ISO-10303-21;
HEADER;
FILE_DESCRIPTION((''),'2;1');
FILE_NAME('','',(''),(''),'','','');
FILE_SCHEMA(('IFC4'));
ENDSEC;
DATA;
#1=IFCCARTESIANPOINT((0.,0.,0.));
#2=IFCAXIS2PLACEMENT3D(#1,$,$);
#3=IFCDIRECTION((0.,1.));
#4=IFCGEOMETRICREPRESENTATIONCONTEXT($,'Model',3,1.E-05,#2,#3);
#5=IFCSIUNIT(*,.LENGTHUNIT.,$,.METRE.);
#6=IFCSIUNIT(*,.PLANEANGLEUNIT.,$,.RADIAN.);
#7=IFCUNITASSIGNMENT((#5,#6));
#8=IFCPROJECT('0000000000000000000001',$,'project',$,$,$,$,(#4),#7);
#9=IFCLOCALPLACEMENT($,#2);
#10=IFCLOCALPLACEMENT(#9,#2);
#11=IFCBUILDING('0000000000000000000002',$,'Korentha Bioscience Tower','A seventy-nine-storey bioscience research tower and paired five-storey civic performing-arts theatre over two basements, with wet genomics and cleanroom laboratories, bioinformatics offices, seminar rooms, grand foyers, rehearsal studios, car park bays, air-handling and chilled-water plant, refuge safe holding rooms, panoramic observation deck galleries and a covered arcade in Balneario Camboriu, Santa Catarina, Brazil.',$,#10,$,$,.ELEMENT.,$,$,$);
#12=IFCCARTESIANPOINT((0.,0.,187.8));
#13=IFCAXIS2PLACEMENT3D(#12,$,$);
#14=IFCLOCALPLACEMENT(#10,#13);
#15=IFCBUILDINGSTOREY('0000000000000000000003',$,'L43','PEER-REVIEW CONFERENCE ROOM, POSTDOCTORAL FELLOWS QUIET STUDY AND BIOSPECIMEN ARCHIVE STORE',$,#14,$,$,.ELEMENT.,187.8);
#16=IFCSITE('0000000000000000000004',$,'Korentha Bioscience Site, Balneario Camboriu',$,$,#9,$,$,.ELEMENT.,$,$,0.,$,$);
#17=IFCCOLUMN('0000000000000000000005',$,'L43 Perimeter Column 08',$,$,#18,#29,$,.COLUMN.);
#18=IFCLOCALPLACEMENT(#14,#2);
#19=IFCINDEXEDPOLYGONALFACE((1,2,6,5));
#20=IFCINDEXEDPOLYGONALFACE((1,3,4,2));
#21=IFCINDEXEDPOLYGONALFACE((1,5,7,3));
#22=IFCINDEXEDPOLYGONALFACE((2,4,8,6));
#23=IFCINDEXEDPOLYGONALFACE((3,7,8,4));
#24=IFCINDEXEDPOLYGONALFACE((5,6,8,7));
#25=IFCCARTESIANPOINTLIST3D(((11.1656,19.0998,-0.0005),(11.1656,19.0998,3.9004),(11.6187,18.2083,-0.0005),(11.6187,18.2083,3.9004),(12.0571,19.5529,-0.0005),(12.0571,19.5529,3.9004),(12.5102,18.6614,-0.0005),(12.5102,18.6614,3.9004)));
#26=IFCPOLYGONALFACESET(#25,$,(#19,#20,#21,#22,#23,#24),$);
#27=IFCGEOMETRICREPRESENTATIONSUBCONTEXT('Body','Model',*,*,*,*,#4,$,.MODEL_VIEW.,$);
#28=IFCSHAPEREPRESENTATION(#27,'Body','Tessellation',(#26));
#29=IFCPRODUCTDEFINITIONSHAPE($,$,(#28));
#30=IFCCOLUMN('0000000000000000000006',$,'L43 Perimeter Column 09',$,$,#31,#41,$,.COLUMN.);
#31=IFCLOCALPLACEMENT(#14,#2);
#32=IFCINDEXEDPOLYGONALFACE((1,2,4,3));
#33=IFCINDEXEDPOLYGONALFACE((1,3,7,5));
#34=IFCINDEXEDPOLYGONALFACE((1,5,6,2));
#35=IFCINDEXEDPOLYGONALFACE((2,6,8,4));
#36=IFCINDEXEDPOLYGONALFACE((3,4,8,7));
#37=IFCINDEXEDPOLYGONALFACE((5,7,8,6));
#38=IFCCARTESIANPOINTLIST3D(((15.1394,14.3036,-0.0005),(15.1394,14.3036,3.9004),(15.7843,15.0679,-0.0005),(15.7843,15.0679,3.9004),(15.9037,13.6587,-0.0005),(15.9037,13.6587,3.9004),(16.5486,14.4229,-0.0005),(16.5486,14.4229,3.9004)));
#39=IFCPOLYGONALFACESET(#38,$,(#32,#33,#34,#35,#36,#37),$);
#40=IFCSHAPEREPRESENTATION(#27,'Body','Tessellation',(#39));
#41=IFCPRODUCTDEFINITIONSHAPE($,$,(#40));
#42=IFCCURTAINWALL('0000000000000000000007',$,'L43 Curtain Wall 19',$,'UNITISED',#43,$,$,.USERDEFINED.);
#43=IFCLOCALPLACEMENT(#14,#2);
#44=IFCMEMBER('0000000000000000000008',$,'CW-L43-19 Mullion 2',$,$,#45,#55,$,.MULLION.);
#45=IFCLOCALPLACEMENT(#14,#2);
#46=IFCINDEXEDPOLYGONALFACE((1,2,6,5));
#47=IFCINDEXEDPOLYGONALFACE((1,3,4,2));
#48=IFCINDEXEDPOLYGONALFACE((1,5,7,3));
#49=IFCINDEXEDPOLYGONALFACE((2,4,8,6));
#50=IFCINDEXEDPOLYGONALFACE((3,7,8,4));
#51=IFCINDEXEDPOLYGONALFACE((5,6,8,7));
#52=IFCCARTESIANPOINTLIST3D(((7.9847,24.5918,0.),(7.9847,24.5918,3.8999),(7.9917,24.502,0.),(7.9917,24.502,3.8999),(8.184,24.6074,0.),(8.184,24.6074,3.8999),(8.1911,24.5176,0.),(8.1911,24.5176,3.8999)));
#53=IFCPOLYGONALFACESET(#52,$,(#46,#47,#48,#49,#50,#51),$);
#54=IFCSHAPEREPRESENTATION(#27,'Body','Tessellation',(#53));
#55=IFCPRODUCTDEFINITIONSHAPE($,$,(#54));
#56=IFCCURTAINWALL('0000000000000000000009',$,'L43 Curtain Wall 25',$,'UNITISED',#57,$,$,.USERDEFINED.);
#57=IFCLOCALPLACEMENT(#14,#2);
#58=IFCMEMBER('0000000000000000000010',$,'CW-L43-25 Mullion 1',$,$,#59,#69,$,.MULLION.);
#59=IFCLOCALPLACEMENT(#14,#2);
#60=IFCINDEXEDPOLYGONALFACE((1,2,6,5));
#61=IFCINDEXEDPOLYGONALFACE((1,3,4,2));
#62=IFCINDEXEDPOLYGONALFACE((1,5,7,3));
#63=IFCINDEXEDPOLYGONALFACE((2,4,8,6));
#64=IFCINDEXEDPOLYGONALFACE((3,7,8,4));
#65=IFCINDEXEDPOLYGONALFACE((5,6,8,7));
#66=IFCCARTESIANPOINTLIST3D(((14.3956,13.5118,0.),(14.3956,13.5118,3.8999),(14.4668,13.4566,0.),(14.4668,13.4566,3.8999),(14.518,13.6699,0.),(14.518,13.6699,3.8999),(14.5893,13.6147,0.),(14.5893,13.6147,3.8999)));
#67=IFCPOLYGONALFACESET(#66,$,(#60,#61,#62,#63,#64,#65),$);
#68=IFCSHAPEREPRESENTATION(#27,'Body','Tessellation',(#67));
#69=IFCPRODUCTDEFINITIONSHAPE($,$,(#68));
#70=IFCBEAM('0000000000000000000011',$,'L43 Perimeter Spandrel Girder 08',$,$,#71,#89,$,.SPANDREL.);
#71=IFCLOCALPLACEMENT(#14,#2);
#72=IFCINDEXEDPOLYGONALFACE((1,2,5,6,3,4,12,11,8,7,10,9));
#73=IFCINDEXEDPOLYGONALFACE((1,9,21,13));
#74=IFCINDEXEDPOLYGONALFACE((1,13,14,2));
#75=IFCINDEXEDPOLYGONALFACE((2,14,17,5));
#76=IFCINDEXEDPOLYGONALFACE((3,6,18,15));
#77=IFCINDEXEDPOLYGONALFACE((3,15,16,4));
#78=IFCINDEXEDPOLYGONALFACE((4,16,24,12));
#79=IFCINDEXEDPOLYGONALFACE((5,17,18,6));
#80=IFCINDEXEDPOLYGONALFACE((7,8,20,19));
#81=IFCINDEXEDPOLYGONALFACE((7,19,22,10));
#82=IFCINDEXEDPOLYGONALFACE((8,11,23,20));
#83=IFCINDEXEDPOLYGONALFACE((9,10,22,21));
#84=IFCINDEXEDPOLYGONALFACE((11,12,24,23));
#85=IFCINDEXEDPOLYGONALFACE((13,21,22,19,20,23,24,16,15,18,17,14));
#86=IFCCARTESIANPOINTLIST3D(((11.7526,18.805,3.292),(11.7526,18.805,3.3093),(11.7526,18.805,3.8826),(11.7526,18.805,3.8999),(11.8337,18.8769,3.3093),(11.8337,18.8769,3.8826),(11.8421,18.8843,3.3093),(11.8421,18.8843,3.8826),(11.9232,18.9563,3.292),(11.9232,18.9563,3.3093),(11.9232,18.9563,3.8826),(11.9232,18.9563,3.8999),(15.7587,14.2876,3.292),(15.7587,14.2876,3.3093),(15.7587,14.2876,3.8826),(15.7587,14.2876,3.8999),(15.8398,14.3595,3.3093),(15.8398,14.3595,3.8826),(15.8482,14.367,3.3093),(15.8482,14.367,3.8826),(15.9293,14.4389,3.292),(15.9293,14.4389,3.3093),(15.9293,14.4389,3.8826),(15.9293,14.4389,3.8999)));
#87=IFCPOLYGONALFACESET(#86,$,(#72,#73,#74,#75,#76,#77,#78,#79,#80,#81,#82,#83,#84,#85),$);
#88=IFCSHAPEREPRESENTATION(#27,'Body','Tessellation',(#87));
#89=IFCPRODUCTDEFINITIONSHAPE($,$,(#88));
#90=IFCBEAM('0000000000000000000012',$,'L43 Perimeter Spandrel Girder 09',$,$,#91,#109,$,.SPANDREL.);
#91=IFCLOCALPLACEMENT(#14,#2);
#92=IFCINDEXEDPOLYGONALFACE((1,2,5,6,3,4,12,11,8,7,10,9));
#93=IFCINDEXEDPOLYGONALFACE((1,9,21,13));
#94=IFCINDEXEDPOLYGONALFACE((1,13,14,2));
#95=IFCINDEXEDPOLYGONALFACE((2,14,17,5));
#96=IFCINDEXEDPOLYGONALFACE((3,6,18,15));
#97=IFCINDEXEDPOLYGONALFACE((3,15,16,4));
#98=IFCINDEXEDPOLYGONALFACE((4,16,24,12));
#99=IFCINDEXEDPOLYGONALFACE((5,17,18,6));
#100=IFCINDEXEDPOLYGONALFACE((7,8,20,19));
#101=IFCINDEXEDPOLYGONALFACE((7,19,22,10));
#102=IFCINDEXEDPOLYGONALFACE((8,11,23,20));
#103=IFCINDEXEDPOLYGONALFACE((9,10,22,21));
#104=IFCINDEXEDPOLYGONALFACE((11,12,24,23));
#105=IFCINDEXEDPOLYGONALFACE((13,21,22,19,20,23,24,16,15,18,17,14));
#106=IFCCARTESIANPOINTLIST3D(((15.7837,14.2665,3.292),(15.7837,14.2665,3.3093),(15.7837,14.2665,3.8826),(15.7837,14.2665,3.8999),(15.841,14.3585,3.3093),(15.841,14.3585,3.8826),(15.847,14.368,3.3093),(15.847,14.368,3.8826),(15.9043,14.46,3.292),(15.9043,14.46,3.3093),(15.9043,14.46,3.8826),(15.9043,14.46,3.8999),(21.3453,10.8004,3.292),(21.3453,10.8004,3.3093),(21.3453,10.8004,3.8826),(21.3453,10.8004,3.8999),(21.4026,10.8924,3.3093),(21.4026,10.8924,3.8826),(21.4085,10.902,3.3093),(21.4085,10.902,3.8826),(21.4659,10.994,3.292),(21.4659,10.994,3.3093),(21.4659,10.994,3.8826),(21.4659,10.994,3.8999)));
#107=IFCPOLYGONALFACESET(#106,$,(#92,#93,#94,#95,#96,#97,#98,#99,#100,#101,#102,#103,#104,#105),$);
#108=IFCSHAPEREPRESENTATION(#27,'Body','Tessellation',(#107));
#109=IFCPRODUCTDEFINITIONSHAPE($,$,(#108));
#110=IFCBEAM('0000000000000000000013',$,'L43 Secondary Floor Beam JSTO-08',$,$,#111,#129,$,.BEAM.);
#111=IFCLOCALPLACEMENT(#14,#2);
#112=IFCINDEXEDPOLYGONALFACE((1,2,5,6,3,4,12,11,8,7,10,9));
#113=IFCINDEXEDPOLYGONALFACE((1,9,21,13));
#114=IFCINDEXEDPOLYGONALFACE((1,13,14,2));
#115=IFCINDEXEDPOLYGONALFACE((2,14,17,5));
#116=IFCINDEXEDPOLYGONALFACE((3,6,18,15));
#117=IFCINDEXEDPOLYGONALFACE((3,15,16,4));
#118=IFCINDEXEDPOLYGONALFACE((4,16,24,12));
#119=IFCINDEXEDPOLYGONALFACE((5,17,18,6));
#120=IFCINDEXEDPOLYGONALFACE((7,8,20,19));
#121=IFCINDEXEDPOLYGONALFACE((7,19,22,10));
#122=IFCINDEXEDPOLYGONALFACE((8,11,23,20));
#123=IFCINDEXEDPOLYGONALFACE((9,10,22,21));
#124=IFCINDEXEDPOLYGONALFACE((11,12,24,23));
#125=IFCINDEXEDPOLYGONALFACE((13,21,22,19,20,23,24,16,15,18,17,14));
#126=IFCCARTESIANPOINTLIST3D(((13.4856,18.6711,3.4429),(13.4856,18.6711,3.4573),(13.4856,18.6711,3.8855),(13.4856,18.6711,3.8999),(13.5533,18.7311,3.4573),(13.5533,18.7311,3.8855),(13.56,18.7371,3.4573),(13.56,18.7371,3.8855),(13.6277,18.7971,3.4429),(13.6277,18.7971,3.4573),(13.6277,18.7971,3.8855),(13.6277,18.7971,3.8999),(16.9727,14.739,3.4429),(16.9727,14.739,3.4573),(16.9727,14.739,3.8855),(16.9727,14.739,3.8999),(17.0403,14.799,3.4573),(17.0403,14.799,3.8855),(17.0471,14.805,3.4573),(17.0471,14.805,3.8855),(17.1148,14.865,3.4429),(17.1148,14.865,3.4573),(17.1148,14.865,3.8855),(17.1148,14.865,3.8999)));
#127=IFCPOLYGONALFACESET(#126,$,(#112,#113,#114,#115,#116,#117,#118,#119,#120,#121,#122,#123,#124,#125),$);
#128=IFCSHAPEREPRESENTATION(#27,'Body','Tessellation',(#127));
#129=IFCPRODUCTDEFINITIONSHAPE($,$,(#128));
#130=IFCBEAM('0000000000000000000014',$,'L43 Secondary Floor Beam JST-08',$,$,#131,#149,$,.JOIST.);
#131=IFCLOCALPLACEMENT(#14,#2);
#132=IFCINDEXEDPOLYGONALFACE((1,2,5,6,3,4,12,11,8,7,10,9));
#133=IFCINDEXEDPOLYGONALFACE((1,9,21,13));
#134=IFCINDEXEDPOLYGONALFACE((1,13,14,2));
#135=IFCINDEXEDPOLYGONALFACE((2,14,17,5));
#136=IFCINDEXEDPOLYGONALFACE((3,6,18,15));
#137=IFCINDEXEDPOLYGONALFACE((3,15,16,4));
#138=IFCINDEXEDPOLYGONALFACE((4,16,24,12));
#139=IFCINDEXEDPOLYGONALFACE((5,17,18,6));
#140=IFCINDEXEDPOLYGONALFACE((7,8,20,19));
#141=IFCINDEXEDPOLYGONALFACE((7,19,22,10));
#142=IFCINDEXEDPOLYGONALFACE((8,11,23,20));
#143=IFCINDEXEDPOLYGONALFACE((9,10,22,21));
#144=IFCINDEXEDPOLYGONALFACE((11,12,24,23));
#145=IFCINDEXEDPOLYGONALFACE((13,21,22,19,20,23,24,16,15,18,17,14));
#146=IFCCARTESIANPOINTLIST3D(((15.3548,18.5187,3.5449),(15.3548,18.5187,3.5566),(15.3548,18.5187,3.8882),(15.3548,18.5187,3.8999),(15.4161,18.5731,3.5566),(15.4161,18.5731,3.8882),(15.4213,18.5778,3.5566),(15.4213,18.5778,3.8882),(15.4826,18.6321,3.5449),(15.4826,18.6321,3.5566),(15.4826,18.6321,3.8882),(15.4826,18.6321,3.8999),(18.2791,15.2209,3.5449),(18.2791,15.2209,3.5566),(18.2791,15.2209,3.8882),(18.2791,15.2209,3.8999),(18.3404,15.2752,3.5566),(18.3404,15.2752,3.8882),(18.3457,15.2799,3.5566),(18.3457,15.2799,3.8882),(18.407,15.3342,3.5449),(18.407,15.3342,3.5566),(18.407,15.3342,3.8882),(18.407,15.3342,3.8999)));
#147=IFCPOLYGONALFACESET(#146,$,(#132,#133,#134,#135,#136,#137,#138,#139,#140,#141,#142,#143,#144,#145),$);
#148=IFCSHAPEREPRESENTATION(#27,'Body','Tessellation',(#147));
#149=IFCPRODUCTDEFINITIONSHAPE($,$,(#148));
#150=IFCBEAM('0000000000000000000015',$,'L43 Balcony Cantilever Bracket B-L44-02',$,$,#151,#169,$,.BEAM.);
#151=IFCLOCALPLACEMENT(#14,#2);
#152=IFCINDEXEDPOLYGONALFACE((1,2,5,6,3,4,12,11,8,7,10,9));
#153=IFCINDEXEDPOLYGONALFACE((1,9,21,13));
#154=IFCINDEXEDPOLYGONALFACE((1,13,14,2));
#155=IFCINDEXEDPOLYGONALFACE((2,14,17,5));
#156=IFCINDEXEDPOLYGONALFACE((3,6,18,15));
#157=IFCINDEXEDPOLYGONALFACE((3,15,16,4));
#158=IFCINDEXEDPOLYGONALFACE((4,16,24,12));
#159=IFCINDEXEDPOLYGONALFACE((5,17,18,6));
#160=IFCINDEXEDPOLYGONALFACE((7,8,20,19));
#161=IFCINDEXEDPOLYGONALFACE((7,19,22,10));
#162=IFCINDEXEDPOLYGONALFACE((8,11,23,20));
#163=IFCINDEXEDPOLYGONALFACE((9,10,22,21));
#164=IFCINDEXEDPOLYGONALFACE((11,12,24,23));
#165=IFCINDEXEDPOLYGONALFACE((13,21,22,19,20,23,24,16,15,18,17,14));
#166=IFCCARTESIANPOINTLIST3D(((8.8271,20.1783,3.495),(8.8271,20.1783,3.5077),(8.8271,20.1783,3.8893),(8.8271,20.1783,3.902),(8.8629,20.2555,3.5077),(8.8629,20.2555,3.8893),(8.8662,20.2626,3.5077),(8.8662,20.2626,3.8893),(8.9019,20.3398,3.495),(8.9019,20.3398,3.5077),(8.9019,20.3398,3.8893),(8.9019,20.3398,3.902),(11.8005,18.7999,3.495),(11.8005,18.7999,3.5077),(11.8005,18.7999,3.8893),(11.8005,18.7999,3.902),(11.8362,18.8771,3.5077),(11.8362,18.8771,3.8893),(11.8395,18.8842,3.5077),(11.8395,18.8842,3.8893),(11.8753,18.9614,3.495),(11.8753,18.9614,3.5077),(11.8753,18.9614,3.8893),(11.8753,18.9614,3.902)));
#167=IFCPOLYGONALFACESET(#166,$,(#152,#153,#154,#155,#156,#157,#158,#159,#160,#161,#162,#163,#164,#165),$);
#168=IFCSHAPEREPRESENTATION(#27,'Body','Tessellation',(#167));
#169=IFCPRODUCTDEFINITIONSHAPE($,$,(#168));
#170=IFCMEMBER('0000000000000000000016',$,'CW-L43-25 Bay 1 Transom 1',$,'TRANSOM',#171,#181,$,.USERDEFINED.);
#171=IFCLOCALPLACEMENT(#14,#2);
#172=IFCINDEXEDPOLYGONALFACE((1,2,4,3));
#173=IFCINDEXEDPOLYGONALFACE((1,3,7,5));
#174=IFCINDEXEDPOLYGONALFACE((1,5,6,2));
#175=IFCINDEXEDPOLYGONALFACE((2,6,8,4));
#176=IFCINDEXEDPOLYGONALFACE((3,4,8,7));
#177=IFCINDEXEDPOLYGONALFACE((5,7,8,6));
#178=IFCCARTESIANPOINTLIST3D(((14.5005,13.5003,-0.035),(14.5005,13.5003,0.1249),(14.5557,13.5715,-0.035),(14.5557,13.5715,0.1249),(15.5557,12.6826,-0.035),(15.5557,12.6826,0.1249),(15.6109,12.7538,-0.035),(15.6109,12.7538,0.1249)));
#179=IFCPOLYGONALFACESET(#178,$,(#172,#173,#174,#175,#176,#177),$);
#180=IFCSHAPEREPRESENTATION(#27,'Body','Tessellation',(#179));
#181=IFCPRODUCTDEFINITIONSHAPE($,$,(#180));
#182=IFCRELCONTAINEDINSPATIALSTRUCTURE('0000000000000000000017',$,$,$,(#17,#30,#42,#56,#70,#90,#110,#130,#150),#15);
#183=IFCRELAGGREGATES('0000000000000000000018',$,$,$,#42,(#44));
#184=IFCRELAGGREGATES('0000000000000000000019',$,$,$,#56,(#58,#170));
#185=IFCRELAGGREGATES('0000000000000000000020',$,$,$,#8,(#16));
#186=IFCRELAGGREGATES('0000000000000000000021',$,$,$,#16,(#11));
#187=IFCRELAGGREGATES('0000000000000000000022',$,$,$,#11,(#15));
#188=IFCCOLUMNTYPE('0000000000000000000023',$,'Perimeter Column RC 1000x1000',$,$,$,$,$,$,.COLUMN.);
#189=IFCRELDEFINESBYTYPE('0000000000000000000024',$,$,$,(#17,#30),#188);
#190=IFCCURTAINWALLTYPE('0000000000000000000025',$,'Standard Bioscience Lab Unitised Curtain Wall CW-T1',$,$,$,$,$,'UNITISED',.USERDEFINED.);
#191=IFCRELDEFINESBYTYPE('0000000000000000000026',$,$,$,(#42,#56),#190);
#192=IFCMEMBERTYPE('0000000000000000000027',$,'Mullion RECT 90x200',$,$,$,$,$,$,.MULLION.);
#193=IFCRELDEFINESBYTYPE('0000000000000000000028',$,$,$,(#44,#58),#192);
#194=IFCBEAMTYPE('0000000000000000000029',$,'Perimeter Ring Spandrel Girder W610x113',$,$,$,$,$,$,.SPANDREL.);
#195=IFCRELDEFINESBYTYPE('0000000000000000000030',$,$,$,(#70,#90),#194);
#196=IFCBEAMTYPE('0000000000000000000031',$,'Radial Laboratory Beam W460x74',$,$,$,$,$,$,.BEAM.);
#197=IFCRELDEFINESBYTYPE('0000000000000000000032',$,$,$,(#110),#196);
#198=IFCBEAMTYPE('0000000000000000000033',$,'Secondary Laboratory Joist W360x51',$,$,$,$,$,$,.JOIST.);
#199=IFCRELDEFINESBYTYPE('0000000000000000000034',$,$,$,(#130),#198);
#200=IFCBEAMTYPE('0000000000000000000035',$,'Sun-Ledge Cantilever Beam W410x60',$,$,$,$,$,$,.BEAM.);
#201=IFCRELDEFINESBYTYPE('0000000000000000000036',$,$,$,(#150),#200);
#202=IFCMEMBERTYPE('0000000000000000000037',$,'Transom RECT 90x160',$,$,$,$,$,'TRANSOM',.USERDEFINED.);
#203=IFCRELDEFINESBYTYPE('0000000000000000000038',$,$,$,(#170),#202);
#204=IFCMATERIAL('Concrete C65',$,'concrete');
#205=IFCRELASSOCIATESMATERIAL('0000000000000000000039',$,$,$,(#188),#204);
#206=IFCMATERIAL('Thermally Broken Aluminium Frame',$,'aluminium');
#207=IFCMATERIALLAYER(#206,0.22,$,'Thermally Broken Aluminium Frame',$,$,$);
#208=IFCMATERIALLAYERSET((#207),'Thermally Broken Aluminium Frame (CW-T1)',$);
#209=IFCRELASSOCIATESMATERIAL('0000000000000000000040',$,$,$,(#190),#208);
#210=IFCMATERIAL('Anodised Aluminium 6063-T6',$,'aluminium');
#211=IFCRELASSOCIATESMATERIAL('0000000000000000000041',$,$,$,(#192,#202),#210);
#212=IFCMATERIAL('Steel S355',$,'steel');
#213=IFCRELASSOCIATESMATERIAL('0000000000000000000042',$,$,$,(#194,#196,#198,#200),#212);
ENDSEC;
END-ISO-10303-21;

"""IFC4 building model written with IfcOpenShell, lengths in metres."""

from ifc_helpers import new_model, si_unit, direction, frame, origin, origin_2d, place, context, subcontext, project, spatial, rectangle, i_section, extrude, material, layer, layer_set, material_profile, profile_set, type_object, element, aggregate, save


model = new_model("IFC4")

# Units and contexts
model_context = context("Model", 3, precision=1e-05, world=origin(), true_north=direction((0.0, 1.0)))
body_context = subcontext(model_context, "Body", "Model", "MODEL_VIEW")
ifc_project = project(units=[si_unit("LENGTHUNIT", "METRE"), si_unit("PLANEANGLEUNIT", "RADIAN")], contexts=[model_context])

# Site, building, storey
site_placement = place(None, origin())
site = spatial("IfcSite", under=ifc_project, at=site_placement, Name="Korentha Bioscience Site, Balneario Camboriu", CompositionType="ELEMENT", RefElevation=0.0)
building_placement = place(site_placement, origin())
building = spatial("IfcBuilding", under=site, at=building_placement, Name="Korentha Bioscience Tower", Description="A seventy-nine-storey bioscience research tower and paired five-storey civic performing-arts theatre over two basements, with wet genomics and cleanroom laboratories, bioinformatics offices, seminar rooms, grand foyers, rehearsal studios, car park bays, air-handling and chilled-water plant, refuge safe holding rooms, panoramic observation deck galleries and a covered arcade in Balneario Camboriu, Santa Catarina, Brazil.", CompositionType="ELEMENT")
storey_placement = place(building_placement, frame((0.0, 0.0, 187.8)))
storey = spatial("IfcBuildingStorey", under=building, at=storey_placement, Name="L43", Description="PEER-REVIEW CONFERENCE ROOM, POSTDOCTORAL FELLOWS QUIET STUDY AND BIOSPECIMEN ARCHIVE STORE", CompositionType="ELEMENT", Elevation=187.8)

# Columns
ifc_material_1 = material(Name="Concrete C65", Category="concrete")
ifc_material_profile_1 = material_profile(ifc_material_1, rectangle(XDim=1.0, YDim=1.0, at=origin_2d()), Name="Concrete C65")
ifc_profile_set_1 = profile_set([ifc_material_profile_1], Name="Concrete C65 (COL-P10)")
column_type = type_object("IfcColumnType", Name="Perimeter Column RC 1000x1000", PredefinedType="COLUMN", material=ifc_profile_set_1)
for number, where, z_axis, x_axis, name in (
    (1, (11.8379, 18.8806, -0.0005), (0.0, 0.0, 1.0), (-0.453057, 0.891481, 0.0), "L43 Perimeter Column 08"),
    (2, (15.844, 14.3633, -0.0005), (0.0, 0.0, 1.0), (-0.764246, 0.644924, 0.0), "L43 Perimeter Column 09"),
):
    element("IfcColumn", number, at=place(storey_placement, frame(where, z_axis=z_axis, x_axis=x_axis)), inside=storey, type_object=column_type, Name=name, PredefinedType="COLUMN", context=body_context, shape_type="SweptSolid", body=[
        extrude(rectangle(XDim=1.0, YDim=1.0, at=origin_2d()), origin(), (0.0, 0.0, 1.0), 3.9009),
    ])

# Curtain walls, members
ifc_material_2 = material(Name="Thermally Broken Aluminium Frame", Category="aluminium")
ifc_layer_1 = layer(ifc_material_2, 0.22, Name="Thermally Broken Aluminium Frame")
ifc_layer_set_1 = layer_set([ifc_layer_1], Name="Thermally Broken Aluminium Frame (CW-T1)")
curtain_wall_type = type_object("IfcCurtainWallType", Name="Standard Bioscience Lab Unitised Curtain Wall CW-T1", ElementType="UNITISED", PredefinedType="USERDEFINED", material=ifc_layer_set_1)
curtain_wall_1_placement = place(storey_placement, origin())
curtain_wall_1 = element("IfcCurtainWall", 3, at=curtain_wall_1_placement, inside=storey, type_object=curtain_wall_type, Name="L43 Curtain Wall 19", ObjectType="UNITISED", PredefinedType="USERDEFINED")
ifc_material_3 = material(Name="Anodised Aluminium 6063-T6", Category="aluminium")
ifc_material_profile_2 = material_profile(ifc_material_3, rectangle(XDim=0.0901, YDim=0.2, at=origin_2d()), Name="Anodised Aluminium 6063-T6")
ifc_profile_set_2 = profile_set([ifc_material_profile_2], Name="Anodised Aluminium 6063-T6 (CW-MUL)")
member_type_1 = type_object("IfcMemberType", Name="Mullion RECT 90x200", PredefinedType="MULLION", material=ifc_profile_set_2)
member_1_placement = place(storey_placement, frame((8.0879, 24.5547, 0.0), z_axis=(0.0, 0.0, 1.0), x_axis=(0.078031, -0.996951, 0.0)))
member_1 = element("IfcMember", 4, at=member_1_placement, type_object=member_type_1, Name="CW-L43-19 Mullion 2", PredefinedType="MULLION", context=body_context, shape_type="SweptSolid", body=[
    extrude(rectangle(XDim=0.0901, YDim=0.2, at=origin_2d()), origin(), (0.0, 0.0, 1.0), 3.8999),
])
curtain_wall_2_placement = place(storey_placement, origin())
curtain_wall_2 = element("IfcCurtainWall", 5, at=curtain_wall_2_placement, inside=storey, type_object=curtain_wall_type, Name="L43 Curtain Wall 25", ObjectType="UNITISED", PredefinedType="USERDEFINED")
member_2_placement = place(storey_placement, frame((14.4924, 13.5632, 0.0), z_axis=(0.0, 0.0, 1.0), x_axis=(0.790547, -0.612402, 0.0)))
member_2 = element("IfcMember", 6, at=member_2_placement, type_object=member_type_1, Name="CW-L43-25 Mullion 1", PredefinedType="MULLION", context=body_context, shape_type="SweptSolid", body=[
    extrude(rectangle(XDim=0.0901, YDim=0.2, at=origin_2d()), origin(), (0.0, 0.0, 1.0), 3.8999),
])

# Beams
ifc_material_4 = material(Name="Steel S355", Category="steel")
ifc_material_profile_3 = material_profile(ifc_material_4, i_section(OverallWidth=0.228, OverallDepth=0.6079, WebThickness=0.0112, FlangeThickness=0.0173, at=origin_2d()), Name="Steel S355")
ifc_profile_set_3 = profile_set([ifc_material_profile_3], Name="Steel S355 (SB-610)")
beam_type_1 = type_object("IfcBeamType", Name="Perimeter Ring Spandrel Girder W610x113", PredefinedType="SPANDREL", material=ifc_profile_set_3)
beam_1_placement = place(storey_placement, frame((11.8379, 18.8806, 3.5959), z_axis=(0.663503, -0.748174, 0.0), x_axis=(0.748174, 0.663503, 0.0)))
element("IfcBeam", 7, at=beam_1_placement, inside=storey, type_object=beam_type_1, Name="L43 Perimeter Spandrel Girder 08", PredefinedType="SPANDREL", context=body_context, shape_type="SweptSolid", body=[
    extrude(i_section(OverallWidth=0.228, OverallDepth=0.6079, WebThickness=0.0112, FlangeThickness=0.0173, at=origin_2d()), origin(), (0.0, 0.0, 1.0), 6.0378),
])
beam_2_placement = place(storey_placement, frame((15.844, 14.3633, 3.5959), z_axis=(0.848676, -0.528913, 0.0), x_axis=(0.528913, 0.848676, 0.0)))
element("IfcBeam", 8, at=beam_2_placement, inside=storey, type_object=beam_type_1, Name="L43 Perimeter Spandrel Girder 09", PredefinedType="SPANDREL", context=body_context, shape_type="SweptSolid", body=[
    extrude(i_section(OverallWidth=0.228, OverallDepth=0.6079, WebThickness=0.0112, FlangeThickness=0.0173, at=origin_2d()), origin(), (0.0, 0.0, 1.0), 6.5532),
])
ifc_material_profile_4 = material_profile(ifc_material_4, i_section(OverallWidth=0.1899, OverallDepth=0.457, WebThickness=0.009, FlangeThickness=0.0144, at=origin_2d()), Name="Steel S355")
ifc_profile_set_4 = profile_set([ifc_material_profile_4], Name="Steel S355 (RB-460)")
beam_type_2 = type_object("IfcBeamType", Name="Radial Laboratory Beam W460x74", PredefinedType="BEAM", material=ifc_profile_set_4)
beam_3_placement = place(storey_placement, frame((13.5566, 18.7341, 3.6714), z_axis=(0.663496, -0.74818, 0.0), x_axis=(0.74818, 0.663496, 0.0)))
element("IfcBeam", 9, at=beam_3_placement, inside=storey, type_object=beam_type_2, Name="L43 Secondary Floor Beam JSTO-08", PredefinedType="BEAM", context=body_context, shape_type="SweptSolid", body=[
    extrude(i_section(OverallWidth=0.1899, OverallDepth=0.457, WebThickness=0.009, FlangeThickness=0.0144, at=origin_2d()), origin(), (0.0, 0.0, 1.0), 5.2556),
])
ifc_material_profile_5 = material_profile(ifc_material_4, i_section(OverallWidth=0.1709, OverallDepth=0.355, WebThickness=0.0071, FlangeThickness=0.0117, at=origin_2d()), Name="Steel S355")
ifc_profile_set_5 = profile_set([ifc_material_profile_5], Name="Steel S355 (JB-360)")
beam_type_3 = type_object("IfcBeamType", Name="Secondary Laboratory Joist W360x51", PredefinedType="JOIST", material=ifc_profile_set_5)
beam_4_placement = place(storey_placement, frame((15.4187, 18.5754, 3.7224), z_axis=(0.663463, -0.748209, 0.0), x_axis=(0.748209, 0.663463, 0.0)))
element("IfcBeam", 10, at=beam_4_placement, inside=storey, type_object=beam_type_3, Name="L43 Secondary Floor Beam JST-08", PredefinedType="JOIST", context=body_context, shape_type="SweptSolid", body=[
    extrude(i_section(OverallWidth=0.1709, OverallDepth=0.355, WebThickness=0.0071, FlangeThickness=0.0117, at=origin_2d()), origin(), (0.0, 0.0, 1.0), 4.4077),
])
ifc_material_profile_6 = material_profile(ifc_material_4, i_section(OverallWidth=0.178, OverallDepth=0.407, WebThickness=0.0078, FlangeThickness=0.0127, at=origin_2d()), Name="Steel S355")
ifc_profile_set_6 = profile_set([ifc_material_profile_6], Name="Steel S355 (CB-410)")
beam_type_4 = type_object("IfcBeamType", Name="Sun-Ledge Cantilever Beam W410x60", PredefinedType="BEAM", material=ifc_profile_set_6)
beam_5_placement = place(storey_placement, frame((11.8379, 18.8806, 3.6985), z_axis=(-0.907252, 0.420588, 0.0), x_axis=(-0.420588, -0.907252, 0.0)))
element("IfcBeam", 11, at=beam_5_placement, inside=storey, type_object=beam_type_4, Name="L43 Balcony Cantilever Bracket B-L44-02", PredefinedType="BEAM", context=body_context, shape_type="SweptSolid", body=[
    extrude(i_section(OverallWidth=0.178, OverallDepth=0.407, WebThickness=0.0078, FlangeThickness=0.0127, at=origin_2d()), origin(), (0.0, 0.0, 1.0), 3.2773),
])

# Member
ifc_material_profile_7 = material_profile(ifc_material_3, rectangle(XDim=0.0901, YDim=0.1599, at=origin_2d()), Name="Anodised Aluminium 6063-T6")
ifc_profile_set_7 = profile_set([ifc_material_profile_7], Name="Anodised Aluminium 6063-T6 (CW-TRN)")
member_type_2 = type_object("IfcMemberType", Name="Transom RECT 90x160", ElementType="TRANSOM", PredefinedType="USERDEFINED", material=ifc_profile_set_7)
member_3_placement = place(storey_placement, frame((14.5281, 13.5359, 0.0449), z_axis=(0.790464, -0.612509, 0.0), x_axis=(0.612509, 0.790464, 0.0)))
member_3 = element("IfcMember", 12, at=member_3_placement, type_object=member_type_2, Name="CW-L43-25 Bay 1 Transom 1", ObjectType="TRANSOM", PredefinedType="USERDEFINED", context=body_context, shape_type="SweptSolid", body=[
    extrude(rectangle(XDim=0.0901, YDim=0.1599, at=origin_2d()), origin(), (0.0, 0.0, 1.0), 1.335),
])

aggregate(curtain_wall_1, [member_1])
aggregate(curtain_wall_2, [member_2, member_3])

save(model, "model.ifc")
